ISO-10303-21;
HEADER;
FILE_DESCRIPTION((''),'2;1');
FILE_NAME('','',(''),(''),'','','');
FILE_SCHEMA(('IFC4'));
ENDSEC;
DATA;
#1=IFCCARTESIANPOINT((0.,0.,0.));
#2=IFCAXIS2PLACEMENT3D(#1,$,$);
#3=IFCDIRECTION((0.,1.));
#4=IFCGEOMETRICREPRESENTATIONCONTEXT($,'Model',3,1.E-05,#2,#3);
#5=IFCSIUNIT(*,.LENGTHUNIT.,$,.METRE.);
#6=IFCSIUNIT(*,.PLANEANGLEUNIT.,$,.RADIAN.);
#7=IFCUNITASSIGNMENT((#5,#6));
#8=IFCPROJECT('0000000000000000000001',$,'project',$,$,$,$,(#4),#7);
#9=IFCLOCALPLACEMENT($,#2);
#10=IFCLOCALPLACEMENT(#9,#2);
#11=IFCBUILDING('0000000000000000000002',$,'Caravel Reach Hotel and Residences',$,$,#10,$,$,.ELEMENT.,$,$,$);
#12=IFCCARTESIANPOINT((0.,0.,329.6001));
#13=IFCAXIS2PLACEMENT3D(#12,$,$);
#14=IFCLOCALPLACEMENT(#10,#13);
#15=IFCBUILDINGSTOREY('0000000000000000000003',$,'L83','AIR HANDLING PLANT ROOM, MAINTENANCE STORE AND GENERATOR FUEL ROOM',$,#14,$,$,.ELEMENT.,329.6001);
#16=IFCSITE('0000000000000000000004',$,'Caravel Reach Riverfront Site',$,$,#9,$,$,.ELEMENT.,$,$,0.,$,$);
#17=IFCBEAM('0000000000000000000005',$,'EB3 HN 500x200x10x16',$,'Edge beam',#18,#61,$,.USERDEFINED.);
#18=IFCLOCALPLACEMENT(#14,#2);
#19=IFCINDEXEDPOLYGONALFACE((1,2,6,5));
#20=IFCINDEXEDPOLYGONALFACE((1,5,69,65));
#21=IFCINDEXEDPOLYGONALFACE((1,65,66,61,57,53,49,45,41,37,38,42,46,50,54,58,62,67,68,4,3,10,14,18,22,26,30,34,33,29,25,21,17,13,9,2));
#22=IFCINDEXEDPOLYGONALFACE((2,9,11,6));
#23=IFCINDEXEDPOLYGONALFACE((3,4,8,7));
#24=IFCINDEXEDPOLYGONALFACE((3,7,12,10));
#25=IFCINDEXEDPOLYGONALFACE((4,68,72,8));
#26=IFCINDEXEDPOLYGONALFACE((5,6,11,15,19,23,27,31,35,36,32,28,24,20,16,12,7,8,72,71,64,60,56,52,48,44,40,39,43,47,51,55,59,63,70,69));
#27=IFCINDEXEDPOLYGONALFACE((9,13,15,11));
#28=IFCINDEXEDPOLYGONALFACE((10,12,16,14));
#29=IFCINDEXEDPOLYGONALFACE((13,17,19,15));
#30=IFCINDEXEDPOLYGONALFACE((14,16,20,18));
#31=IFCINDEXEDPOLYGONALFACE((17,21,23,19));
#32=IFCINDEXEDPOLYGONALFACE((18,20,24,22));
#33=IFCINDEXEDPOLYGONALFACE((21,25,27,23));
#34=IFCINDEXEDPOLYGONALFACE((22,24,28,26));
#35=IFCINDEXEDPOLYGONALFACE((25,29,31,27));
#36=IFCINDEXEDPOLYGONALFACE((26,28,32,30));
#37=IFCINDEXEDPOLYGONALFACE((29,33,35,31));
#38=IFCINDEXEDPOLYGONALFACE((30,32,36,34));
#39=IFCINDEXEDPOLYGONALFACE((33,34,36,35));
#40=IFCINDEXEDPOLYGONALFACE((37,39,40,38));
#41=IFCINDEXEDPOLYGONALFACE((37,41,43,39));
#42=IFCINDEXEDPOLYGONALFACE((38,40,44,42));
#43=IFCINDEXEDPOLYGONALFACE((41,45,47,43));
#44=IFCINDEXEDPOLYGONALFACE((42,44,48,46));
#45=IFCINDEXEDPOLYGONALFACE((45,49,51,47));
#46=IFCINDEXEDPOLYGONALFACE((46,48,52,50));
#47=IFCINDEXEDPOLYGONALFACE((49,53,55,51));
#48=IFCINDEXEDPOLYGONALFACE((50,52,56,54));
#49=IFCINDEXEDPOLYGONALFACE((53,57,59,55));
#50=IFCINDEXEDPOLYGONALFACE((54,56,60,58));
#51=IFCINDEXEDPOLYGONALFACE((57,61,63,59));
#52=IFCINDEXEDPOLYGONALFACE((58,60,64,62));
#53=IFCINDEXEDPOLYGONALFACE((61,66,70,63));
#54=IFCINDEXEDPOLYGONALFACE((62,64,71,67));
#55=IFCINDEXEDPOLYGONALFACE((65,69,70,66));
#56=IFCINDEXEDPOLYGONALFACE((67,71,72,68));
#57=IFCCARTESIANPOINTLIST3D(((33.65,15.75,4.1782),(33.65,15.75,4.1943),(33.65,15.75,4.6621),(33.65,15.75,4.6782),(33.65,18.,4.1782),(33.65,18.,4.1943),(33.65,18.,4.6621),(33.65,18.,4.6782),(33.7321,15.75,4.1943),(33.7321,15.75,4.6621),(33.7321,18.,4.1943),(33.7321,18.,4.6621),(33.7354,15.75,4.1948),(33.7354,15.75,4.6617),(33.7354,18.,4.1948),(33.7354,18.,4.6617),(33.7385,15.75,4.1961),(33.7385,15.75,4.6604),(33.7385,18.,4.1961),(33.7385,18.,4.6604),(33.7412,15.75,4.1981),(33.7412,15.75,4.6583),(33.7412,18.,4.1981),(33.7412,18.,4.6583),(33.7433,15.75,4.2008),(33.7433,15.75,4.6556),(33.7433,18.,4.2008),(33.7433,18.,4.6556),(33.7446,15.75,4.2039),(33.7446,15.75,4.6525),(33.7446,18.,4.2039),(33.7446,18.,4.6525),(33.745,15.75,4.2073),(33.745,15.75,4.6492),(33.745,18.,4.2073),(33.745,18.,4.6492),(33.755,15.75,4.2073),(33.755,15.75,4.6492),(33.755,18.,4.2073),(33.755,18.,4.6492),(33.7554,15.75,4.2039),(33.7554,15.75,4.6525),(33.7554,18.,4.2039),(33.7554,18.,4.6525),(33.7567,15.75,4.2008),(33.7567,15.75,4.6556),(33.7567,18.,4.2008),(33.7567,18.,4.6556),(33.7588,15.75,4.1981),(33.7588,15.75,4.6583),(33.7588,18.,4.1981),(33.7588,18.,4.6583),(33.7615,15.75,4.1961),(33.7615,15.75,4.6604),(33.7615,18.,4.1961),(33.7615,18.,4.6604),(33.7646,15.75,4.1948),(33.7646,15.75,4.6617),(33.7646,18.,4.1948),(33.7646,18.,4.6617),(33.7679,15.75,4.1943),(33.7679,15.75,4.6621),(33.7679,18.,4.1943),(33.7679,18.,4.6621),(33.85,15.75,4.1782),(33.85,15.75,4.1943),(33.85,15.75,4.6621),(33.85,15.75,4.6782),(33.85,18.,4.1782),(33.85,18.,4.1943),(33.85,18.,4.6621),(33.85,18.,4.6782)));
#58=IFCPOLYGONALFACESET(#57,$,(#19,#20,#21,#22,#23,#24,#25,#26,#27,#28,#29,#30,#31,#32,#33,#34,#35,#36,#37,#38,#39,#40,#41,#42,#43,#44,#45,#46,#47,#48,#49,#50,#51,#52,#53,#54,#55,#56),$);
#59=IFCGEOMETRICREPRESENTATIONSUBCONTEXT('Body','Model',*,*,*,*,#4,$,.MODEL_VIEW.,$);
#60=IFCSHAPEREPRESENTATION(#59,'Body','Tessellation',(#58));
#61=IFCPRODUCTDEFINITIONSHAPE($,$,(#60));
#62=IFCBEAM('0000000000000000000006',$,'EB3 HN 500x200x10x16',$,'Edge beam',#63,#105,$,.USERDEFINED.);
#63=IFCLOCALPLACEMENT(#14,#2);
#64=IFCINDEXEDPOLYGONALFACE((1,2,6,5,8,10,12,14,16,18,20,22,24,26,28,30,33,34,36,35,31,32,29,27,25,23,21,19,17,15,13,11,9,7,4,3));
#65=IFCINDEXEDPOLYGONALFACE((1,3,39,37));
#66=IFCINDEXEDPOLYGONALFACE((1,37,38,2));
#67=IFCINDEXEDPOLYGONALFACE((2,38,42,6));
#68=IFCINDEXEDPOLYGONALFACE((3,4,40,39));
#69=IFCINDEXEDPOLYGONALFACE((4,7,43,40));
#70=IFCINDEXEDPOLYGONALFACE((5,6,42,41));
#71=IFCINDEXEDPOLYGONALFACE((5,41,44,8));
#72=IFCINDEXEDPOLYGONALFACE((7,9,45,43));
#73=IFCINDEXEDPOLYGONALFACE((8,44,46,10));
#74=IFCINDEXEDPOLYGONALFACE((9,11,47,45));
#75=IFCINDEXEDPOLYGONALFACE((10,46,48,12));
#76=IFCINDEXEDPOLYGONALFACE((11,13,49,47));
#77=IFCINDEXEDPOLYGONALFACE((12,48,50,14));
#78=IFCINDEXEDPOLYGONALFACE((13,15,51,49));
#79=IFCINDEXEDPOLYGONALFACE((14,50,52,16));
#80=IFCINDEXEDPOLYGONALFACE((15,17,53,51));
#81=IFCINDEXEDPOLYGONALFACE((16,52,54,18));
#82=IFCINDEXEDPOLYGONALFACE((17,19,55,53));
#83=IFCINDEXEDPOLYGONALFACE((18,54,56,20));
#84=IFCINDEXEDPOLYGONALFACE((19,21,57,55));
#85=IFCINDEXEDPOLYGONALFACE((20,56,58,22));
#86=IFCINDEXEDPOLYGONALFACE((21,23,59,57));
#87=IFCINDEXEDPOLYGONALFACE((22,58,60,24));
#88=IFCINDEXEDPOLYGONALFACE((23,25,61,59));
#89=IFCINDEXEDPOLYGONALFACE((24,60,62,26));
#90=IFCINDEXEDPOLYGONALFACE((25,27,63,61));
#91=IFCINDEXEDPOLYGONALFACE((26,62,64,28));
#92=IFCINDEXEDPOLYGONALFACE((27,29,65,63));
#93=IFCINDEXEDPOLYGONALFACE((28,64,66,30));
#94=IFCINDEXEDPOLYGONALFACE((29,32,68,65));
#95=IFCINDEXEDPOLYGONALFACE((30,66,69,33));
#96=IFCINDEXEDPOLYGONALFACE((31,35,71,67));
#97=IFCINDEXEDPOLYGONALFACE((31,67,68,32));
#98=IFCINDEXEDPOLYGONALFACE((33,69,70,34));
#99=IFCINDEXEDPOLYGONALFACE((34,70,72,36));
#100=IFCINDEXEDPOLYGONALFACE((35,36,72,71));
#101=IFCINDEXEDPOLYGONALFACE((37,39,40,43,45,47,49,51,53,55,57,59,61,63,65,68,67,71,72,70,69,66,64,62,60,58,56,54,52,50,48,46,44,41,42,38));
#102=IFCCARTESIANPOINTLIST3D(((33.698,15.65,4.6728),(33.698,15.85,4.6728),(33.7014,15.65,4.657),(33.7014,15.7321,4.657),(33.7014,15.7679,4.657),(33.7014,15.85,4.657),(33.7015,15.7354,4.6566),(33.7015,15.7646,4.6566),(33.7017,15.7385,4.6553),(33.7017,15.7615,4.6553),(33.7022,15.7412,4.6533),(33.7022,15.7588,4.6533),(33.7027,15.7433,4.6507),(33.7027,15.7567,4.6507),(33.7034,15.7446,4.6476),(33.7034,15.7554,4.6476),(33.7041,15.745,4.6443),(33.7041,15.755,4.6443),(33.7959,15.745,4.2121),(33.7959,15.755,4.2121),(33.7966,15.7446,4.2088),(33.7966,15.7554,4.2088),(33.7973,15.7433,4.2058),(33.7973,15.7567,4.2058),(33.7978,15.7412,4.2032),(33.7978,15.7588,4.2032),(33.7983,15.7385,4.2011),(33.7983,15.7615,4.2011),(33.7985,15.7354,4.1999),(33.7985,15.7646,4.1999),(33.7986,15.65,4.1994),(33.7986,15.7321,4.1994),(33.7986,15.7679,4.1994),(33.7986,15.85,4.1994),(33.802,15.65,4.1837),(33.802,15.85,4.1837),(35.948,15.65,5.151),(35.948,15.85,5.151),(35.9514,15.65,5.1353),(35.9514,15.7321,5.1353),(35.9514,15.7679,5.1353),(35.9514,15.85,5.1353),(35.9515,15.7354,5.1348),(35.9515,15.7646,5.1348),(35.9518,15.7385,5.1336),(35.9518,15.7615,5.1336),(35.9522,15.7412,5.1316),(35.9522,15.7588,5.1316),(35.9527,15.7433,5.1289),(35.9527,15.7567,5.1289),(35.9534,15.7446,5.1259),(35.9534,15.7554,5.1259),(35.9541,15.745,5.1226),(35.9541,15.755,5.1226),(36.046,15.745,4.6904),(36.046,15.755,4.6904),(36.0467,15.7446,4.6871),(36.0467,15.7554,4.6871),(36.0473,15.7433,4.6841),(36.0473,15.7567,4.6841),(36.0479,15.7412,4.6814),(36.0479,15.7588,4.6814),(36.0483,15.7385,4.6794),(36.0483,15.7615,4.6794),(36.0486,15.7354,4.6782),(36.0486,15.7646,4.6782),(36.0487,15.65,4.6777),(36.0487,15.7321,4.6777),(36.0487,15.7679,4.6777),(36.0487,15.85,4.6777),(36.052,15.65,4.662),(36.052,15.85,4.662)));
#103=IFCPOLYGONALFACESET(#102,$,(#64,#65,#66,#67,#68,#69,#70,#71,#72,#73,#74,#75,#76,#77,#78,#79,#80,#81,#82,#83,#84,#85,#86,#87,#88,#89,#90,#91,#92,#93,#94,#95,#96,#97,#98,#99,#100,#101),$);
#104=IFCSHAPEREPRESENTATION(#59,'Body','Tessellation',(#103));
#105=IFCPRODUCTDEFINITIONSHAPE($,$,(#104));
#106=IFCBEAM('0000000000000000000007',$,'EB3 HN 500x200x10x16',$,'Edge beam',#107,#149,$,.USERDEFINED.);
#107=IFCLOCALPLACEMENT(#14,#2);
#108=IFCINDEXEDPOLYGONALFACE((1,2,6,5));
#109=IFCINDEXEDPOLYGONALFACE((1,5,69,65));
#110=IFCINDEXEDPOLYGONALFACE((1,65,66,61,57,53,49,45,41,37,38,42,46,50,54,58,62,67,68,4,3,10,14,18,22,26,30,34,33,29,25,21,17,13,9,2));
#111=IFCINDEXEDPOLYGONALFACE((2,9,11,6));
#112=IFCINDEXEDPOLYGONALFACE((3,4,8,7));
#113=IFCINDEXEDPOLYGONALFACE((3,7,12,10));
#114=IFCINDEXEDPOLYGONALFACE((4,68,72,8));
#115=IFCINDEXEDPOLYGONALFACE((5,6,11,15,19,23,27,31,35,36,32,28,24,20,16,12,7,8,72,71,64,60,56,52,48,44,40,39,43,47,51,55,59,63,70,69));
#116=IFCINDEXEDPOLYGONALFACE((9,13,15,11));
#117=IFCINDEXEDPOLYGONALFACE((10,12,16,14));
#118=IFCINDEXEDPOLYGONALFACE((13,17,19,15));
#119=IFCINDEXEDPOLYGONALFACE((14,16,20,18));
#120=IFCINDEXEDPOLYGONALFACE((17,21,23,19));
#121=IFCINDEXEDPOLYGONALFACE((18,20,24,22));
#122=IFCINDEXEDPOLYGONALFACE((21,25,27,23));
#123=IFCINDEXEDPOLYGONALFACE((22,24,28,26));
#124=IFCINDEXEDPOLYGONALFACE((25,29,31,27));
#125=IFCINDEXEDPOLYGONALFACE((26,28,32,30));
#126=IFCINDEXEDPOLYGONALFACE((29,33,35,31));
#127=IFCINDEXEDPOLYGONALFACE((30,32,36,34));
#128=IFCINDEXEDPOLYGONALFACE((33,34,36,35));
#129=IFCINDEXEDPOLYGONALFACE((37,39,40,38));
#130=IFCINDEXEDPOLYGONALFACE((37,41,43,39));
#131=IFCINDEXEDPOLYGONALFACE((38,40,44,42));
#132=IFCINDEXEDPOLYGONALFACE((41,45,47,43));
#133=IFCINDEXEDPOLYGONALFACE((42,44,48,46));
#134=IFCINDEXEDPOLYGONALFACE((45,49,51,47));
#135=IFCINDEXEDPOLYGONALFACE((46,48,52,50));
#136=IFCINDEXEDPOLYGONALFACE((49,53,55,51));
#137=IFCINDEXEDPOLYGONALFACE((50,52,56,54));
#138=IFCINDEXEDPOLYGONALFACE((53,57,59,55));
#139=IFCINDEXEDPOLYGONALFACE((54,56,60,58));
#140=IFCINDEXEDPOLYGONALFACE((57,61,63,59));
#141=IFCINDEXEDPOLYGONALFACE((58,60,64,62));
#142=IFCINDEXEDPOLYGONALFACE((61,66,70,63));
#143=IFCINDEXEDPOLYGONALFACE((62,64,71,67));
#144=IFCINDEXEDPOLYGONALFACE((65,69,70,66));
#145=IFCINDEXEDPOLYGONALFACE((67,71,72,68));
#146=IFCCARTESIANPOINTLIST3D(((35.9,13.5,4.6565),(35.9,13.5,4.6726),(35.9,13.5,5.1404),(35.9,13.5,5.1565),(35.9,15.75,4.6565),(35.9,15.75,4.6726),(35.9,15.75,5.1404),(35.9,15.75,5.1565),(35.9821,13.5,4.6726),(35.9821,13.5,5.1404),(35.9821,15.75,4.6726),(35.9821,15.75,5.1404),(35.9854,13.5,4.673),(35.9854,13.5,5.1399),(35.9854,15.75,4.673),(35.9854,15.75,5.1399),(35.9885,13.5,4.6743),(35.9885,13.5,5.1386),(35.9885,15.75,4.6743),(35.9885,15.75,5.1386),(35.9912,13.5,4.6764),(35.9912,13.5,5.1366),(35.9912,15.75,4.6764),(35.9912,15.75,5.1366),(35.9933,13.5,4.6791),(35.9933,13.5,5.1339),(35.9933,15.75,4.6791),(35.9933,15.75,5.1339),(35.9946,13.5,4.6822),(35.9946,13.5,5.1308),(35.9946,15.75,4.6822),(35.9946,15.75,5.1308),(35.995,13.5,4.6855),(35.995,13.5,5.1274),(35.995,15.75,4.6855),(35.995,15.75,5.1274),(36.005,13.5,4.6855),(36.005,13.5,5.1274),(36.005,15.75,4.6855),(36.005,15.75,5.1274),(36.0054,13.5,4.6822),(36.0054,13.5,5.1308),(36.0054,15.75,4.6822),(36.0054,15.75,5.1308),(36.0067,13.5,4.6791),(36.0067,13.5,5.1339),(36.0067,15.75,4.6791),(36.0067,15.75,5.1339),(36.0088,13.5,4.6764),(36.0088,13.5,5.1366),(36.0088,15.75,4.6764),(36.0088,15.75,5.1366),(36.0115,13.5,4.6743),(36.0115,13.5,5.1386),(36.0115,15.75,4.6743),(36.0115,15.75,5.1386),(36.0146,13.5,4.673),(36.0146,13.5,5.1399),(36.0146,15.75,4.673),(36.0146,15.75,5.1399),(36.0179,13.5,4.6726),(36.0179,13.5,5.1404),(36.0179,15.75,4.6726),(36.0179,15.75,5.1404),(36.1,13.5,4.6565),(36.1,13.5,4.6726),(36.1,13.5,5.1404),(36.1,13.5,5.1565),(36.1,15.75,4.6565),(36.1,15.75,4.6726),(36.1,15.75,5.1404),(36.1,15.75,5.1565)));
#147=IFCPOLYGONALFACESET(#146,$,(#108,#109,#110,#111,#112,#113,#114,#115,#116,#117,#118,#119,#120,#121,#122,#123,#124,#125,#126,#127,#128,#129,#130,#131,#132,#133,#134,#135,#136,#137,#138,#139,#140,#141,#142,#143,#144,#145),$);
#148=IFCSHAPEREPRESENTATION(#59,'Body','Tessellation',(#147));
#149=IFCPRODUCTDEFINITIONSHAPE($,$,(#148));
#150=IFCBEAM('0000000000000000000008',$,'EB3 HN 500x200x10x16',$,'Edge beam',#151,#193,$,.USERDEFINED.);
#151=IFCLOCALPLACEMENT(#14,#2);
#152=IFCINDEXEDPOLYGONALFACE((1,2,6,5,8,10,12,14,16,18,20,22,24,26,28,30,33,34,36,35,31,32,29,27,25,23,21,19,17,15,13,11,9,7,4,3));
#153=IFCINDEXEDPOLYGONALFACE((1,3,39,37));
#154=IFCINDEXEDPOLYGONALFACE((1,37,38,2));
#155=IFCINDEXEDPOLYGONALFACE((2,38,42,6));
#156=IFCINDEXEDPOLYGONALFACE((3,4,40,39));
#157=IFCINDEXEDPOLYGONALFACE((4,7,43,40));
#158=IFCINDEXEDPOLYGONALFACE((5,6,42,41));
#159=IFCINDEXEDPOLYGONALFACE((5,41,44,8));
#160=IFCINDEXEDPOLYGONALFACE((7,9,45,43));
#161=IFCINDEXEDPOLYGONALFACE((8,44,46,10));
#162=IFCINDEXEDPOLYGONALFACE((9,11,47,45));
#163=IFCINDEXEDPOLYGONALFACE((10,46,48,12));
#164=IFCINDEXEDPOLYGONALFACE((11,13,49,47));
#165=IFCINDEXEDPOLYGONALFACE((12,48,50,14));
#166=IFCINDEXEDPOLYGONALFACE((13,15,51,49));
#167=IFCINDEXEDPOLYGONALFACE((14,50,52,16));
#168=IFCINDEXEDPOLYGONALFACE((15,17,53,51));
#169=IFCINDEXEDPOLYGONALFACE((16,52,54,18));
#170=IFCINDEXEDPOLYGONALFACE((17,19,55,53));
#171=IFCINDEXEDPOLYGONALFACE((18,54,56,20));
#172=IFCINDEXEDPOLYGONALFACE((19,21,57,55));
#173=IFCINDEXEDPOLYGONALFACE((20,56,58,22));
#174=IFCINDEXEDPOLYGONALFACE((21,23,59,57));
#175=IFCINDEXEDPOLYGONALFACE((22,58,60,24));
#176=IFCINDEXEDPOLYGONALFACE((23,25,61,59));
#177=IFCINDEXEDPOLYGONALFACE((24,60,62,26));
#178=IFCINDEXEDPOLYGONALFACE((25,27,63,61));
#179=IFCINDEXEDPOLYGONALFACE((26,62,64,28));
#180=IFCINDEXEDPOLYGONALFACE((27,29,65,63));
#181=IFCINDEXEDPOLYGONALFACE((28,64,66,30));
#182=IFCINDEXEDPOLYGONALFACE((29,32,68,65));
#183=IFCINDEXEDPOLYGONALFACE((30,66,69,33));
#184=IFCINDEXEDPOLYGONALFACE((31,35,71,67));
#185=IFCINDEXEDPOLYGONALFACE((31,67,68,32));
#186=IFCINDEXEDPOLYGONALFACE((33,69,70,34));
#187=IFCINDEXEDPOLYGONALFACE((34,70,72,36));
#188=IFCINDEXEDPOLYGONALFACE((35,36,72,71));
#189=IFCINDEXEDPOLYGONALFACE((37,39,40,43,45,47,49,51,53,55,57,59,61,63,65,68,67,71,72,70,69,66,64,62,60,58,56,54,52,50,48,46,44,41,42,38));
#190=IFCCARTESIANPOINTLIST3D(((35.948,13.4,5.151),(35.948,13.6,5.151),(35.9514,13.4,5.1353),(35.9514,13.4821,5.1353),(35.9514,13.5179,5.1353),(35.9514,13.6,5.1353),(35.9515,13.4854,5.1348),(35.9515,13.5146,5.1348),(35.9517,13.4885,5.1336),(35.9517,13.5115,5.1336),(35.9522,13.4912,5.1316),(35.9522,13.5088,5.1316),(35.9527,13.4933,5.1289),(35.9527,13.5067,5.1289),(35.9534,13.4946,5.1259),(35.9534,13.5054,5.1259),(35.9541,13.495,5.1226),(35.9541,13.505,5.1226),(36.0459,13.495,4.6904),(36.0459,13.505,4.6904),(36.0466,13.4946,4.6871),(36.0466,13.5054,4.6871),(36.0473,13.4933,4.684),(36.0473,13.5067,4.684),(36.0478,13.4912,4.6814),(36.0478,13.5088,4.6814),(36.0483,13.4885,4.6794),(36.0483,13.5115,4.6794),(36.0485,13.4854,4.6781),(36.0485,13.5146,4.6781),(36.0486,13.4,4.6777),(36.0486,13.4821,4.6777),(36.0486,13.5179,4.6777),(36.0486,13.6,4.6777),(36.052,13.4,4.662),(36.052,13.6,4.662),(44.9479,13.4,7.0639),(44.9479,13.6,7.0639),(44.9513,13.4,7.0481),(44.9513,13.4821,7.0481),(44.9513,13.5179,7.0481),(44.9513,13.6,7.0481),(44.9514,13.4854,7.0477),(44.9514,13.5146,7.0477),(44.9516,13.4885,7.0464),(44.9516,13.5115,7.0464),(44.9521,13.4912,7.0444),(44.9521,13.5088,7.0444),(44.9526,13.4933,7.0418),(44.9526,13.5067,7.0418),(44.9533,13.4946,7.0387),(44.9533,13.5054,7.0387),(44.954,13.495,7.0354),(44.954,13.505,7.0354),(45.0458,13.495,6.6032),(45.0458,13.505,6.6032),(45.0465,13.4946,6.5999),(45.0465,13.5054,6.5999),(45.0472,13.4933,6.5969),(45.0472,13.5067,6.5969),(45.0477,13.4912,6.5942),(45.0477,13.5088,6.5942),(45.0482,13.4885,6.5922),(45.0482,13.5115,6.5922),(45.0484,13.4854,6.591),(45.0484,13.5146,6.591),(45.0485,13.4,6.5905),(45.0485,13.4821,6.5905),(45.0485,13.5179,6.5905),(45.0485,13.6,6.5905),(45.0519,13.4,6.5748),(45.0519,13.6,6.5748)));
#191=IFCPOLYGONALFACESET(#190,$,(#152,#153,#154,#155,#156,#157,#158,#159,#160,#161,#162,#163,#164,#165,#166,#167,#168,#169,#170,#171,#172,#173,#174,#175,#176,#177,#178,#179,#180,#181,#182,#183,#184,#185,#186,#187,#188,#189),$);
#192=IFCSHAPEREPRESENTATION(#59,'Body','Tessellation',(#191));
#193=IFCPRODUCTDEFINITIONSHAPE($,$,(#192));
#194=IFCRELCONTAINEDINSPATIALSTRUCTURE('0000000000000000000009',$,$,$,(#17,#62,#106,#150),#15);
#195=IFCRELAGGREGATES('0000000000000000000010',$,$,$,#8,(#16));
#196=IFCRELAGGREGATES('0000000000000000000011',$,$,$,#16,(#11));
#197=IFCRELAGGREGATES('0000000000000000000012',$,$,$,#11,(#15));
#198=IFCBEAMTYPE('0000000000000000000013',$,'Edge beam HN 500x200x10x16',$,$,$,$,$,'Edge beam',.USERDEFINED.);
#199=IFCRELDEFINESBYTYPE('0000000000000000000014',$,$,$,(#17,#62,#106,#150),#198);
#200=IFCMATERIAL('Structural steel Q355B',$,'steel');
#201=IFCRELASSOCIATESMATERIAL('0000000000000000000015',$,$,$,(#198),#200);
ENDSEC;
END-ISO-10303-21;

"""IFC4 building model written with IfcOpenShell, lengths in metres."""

from ifc_helpers import new_model, si_unit, direction, frame, origin, origin_2d, place, context, subcontext, project, spatial, i_section, extrude, material, material_profile, profile_set, type_object, element, save


model = new_model("IFC4")

# Units and contexts
model_context = context("Model", 3, precision=1e-05, world=origin(), true_north=direction((0.0, 1.0)))
body_context = subcontext(model_context, "Body", "Model", "MODEL_VIEW")
ifc_project = project(units=[si_unit("LENGTHUNIT", "METRE"), si_unit("PLANEANGLEUNIT", "RADIAN")], contexts=[model_context])

# Site, building, storey
site_placement = place(None, origin())
site = spatial("IfcSite", under=ifc_project, at=site_placement, Name="Caravel Reach Riverfront Site", CompositionType="ELEMENT", RefElevation=0.0)
building_placement = place(site_placement, origin())
building = spatial("IfcBuilding", under=site, at=building_placement, Name="Caravel Reach Hotel and Residences", CompositionType="ELEMENT")
storey_placement = place(building_placement, frame((0.0, 0.0, 329.6001)))
storey = spatial("IfcBuildingStorey", under=building, at=storey_placement, Name="L83", Description="AIR HANDLING PLANT ROOM, MAINTENANCE STORE AND GENERATOR FUEL ROOM", CompositionType="ELEMENT", Elevation=329.6001)

# Beams
ifc_material_1 = material(Name="Structural steel Q355B", Category="steel")
ifc_material_profile_1 = material_profile(ifc_material_1, i_section(OverallWidth=0.2, OverallDepth=0.5, WebThickness=0.01, FlangeThickness=0.0161, FilletRadius=0.0129, at=origin_2d()), Name="HN 500x200x10x16")
ifc_profile_set_1 = profile_set([ifc_material_profile_1], Name="Structural steel Q355B")
beam_type_1 = type_object("IfcBeamType", Name="Edge beam HN 500x200x10x16", ElementType="Edge beam", PredefinedType="USERDEFINED", material=ifc_profile_set_1)
beam_1_placement = place(storey_placement, frame((33.75, 18.0, 4.4282), z_axis=(0.0, -1.0, 0.0), x_axis=(1.0, 0.0, 0.0)))
element("IfcBeam", 1, at=beam_1_placement, inside=storey, type_object=beam_type_1, Name="EB3 HN 500x200x10x16", ObjectType="Edge beam", PredefinedType="USERDEFINED", context=body_context, shape_type="SweptSolid", body=[
    extrude(i_section(OverallWidth=0.2, OverallDepth=0.5, WebThickness=0.01, FlangeThickness=0.0161, FilletRadius=0.0129, at=origin_2d()), origin(), (0.0, 0.0, 1.0), 2.25),
])
beam_2_placement = place(storey_placement, frame((33.75, 15.75, 4.4282), z_axis=(0.978146, 0.0, 0.20792), x_axis=(0.0, 1.0, 0.0)))
element("IfcBeam", 2, at=beam_2_placement, inside=storey, type_object=beam_type_1, Name="EB3 HN 500x200x10x16", ObjectType="Edge beam", PredefinedType="USERDEFINED", context=body_context, shape_type="SweptSolid", body=[
    extrude(i_section(OverallWidth=0.2, OverallDepth=0.5, WebThickness=0.01, FlangeThickness=0.0161, FilletRadius=0.0129, at=origin_2d()), origin(), (0.0, 0.0, 1.0), 2.3003),
])
beam_3_placement = place(storey_placement, frame((36.0, 15.75, 4.9065), z_axis=(0.0, -1.0, 0.0), x_axis=(1.0, 0.0, 0.0)))
element("IfcBeam", 3, at=beam_3_placement, inside=storey, type_object=beam_type_1, Name="EB3 HN 500x200x10x16", ObjectType="Edge beam", PredefinedType="USERDEFINED", context=body_context, shape_type="SweptSolid", body=[
    extrude(i_section(OverallWidth=0.2, OverallDepth=0.5, WebThickness=0.01, FlangeThickness=0.0161, FilletRadius=0.0129, at=origin_2d()), origin(), (0.0, 0.0, 1.0), 2.25),
])
beam_4_placement = place(storey_placement, frame((36.0, 13.5, 4.9065), z_axis=(0.978151, 0.0, 0.207894), x_axis=(0.0, 1.0, 0.0)))
element("IfcBeam", 4, at=beam_4_placement, inside=storey, type_object=beam_type_1, Name="EB3 HN 500x200x10x16", ObjectType="Edge beam", PredefinedType="USERDEFINED", context=body_context, shape_type="SweptSolid", body=[
    extrude(i_section(OverallWidth=0.2, OverallDepth=0.5, WebThickness=0.01, FlangeThickness=0.0161, FilletRadius=0.0129, at=origin_2d()), origin(), (0.0, 0.0, 1.0), 9.2009),
])

save(model, "model.ifc")
